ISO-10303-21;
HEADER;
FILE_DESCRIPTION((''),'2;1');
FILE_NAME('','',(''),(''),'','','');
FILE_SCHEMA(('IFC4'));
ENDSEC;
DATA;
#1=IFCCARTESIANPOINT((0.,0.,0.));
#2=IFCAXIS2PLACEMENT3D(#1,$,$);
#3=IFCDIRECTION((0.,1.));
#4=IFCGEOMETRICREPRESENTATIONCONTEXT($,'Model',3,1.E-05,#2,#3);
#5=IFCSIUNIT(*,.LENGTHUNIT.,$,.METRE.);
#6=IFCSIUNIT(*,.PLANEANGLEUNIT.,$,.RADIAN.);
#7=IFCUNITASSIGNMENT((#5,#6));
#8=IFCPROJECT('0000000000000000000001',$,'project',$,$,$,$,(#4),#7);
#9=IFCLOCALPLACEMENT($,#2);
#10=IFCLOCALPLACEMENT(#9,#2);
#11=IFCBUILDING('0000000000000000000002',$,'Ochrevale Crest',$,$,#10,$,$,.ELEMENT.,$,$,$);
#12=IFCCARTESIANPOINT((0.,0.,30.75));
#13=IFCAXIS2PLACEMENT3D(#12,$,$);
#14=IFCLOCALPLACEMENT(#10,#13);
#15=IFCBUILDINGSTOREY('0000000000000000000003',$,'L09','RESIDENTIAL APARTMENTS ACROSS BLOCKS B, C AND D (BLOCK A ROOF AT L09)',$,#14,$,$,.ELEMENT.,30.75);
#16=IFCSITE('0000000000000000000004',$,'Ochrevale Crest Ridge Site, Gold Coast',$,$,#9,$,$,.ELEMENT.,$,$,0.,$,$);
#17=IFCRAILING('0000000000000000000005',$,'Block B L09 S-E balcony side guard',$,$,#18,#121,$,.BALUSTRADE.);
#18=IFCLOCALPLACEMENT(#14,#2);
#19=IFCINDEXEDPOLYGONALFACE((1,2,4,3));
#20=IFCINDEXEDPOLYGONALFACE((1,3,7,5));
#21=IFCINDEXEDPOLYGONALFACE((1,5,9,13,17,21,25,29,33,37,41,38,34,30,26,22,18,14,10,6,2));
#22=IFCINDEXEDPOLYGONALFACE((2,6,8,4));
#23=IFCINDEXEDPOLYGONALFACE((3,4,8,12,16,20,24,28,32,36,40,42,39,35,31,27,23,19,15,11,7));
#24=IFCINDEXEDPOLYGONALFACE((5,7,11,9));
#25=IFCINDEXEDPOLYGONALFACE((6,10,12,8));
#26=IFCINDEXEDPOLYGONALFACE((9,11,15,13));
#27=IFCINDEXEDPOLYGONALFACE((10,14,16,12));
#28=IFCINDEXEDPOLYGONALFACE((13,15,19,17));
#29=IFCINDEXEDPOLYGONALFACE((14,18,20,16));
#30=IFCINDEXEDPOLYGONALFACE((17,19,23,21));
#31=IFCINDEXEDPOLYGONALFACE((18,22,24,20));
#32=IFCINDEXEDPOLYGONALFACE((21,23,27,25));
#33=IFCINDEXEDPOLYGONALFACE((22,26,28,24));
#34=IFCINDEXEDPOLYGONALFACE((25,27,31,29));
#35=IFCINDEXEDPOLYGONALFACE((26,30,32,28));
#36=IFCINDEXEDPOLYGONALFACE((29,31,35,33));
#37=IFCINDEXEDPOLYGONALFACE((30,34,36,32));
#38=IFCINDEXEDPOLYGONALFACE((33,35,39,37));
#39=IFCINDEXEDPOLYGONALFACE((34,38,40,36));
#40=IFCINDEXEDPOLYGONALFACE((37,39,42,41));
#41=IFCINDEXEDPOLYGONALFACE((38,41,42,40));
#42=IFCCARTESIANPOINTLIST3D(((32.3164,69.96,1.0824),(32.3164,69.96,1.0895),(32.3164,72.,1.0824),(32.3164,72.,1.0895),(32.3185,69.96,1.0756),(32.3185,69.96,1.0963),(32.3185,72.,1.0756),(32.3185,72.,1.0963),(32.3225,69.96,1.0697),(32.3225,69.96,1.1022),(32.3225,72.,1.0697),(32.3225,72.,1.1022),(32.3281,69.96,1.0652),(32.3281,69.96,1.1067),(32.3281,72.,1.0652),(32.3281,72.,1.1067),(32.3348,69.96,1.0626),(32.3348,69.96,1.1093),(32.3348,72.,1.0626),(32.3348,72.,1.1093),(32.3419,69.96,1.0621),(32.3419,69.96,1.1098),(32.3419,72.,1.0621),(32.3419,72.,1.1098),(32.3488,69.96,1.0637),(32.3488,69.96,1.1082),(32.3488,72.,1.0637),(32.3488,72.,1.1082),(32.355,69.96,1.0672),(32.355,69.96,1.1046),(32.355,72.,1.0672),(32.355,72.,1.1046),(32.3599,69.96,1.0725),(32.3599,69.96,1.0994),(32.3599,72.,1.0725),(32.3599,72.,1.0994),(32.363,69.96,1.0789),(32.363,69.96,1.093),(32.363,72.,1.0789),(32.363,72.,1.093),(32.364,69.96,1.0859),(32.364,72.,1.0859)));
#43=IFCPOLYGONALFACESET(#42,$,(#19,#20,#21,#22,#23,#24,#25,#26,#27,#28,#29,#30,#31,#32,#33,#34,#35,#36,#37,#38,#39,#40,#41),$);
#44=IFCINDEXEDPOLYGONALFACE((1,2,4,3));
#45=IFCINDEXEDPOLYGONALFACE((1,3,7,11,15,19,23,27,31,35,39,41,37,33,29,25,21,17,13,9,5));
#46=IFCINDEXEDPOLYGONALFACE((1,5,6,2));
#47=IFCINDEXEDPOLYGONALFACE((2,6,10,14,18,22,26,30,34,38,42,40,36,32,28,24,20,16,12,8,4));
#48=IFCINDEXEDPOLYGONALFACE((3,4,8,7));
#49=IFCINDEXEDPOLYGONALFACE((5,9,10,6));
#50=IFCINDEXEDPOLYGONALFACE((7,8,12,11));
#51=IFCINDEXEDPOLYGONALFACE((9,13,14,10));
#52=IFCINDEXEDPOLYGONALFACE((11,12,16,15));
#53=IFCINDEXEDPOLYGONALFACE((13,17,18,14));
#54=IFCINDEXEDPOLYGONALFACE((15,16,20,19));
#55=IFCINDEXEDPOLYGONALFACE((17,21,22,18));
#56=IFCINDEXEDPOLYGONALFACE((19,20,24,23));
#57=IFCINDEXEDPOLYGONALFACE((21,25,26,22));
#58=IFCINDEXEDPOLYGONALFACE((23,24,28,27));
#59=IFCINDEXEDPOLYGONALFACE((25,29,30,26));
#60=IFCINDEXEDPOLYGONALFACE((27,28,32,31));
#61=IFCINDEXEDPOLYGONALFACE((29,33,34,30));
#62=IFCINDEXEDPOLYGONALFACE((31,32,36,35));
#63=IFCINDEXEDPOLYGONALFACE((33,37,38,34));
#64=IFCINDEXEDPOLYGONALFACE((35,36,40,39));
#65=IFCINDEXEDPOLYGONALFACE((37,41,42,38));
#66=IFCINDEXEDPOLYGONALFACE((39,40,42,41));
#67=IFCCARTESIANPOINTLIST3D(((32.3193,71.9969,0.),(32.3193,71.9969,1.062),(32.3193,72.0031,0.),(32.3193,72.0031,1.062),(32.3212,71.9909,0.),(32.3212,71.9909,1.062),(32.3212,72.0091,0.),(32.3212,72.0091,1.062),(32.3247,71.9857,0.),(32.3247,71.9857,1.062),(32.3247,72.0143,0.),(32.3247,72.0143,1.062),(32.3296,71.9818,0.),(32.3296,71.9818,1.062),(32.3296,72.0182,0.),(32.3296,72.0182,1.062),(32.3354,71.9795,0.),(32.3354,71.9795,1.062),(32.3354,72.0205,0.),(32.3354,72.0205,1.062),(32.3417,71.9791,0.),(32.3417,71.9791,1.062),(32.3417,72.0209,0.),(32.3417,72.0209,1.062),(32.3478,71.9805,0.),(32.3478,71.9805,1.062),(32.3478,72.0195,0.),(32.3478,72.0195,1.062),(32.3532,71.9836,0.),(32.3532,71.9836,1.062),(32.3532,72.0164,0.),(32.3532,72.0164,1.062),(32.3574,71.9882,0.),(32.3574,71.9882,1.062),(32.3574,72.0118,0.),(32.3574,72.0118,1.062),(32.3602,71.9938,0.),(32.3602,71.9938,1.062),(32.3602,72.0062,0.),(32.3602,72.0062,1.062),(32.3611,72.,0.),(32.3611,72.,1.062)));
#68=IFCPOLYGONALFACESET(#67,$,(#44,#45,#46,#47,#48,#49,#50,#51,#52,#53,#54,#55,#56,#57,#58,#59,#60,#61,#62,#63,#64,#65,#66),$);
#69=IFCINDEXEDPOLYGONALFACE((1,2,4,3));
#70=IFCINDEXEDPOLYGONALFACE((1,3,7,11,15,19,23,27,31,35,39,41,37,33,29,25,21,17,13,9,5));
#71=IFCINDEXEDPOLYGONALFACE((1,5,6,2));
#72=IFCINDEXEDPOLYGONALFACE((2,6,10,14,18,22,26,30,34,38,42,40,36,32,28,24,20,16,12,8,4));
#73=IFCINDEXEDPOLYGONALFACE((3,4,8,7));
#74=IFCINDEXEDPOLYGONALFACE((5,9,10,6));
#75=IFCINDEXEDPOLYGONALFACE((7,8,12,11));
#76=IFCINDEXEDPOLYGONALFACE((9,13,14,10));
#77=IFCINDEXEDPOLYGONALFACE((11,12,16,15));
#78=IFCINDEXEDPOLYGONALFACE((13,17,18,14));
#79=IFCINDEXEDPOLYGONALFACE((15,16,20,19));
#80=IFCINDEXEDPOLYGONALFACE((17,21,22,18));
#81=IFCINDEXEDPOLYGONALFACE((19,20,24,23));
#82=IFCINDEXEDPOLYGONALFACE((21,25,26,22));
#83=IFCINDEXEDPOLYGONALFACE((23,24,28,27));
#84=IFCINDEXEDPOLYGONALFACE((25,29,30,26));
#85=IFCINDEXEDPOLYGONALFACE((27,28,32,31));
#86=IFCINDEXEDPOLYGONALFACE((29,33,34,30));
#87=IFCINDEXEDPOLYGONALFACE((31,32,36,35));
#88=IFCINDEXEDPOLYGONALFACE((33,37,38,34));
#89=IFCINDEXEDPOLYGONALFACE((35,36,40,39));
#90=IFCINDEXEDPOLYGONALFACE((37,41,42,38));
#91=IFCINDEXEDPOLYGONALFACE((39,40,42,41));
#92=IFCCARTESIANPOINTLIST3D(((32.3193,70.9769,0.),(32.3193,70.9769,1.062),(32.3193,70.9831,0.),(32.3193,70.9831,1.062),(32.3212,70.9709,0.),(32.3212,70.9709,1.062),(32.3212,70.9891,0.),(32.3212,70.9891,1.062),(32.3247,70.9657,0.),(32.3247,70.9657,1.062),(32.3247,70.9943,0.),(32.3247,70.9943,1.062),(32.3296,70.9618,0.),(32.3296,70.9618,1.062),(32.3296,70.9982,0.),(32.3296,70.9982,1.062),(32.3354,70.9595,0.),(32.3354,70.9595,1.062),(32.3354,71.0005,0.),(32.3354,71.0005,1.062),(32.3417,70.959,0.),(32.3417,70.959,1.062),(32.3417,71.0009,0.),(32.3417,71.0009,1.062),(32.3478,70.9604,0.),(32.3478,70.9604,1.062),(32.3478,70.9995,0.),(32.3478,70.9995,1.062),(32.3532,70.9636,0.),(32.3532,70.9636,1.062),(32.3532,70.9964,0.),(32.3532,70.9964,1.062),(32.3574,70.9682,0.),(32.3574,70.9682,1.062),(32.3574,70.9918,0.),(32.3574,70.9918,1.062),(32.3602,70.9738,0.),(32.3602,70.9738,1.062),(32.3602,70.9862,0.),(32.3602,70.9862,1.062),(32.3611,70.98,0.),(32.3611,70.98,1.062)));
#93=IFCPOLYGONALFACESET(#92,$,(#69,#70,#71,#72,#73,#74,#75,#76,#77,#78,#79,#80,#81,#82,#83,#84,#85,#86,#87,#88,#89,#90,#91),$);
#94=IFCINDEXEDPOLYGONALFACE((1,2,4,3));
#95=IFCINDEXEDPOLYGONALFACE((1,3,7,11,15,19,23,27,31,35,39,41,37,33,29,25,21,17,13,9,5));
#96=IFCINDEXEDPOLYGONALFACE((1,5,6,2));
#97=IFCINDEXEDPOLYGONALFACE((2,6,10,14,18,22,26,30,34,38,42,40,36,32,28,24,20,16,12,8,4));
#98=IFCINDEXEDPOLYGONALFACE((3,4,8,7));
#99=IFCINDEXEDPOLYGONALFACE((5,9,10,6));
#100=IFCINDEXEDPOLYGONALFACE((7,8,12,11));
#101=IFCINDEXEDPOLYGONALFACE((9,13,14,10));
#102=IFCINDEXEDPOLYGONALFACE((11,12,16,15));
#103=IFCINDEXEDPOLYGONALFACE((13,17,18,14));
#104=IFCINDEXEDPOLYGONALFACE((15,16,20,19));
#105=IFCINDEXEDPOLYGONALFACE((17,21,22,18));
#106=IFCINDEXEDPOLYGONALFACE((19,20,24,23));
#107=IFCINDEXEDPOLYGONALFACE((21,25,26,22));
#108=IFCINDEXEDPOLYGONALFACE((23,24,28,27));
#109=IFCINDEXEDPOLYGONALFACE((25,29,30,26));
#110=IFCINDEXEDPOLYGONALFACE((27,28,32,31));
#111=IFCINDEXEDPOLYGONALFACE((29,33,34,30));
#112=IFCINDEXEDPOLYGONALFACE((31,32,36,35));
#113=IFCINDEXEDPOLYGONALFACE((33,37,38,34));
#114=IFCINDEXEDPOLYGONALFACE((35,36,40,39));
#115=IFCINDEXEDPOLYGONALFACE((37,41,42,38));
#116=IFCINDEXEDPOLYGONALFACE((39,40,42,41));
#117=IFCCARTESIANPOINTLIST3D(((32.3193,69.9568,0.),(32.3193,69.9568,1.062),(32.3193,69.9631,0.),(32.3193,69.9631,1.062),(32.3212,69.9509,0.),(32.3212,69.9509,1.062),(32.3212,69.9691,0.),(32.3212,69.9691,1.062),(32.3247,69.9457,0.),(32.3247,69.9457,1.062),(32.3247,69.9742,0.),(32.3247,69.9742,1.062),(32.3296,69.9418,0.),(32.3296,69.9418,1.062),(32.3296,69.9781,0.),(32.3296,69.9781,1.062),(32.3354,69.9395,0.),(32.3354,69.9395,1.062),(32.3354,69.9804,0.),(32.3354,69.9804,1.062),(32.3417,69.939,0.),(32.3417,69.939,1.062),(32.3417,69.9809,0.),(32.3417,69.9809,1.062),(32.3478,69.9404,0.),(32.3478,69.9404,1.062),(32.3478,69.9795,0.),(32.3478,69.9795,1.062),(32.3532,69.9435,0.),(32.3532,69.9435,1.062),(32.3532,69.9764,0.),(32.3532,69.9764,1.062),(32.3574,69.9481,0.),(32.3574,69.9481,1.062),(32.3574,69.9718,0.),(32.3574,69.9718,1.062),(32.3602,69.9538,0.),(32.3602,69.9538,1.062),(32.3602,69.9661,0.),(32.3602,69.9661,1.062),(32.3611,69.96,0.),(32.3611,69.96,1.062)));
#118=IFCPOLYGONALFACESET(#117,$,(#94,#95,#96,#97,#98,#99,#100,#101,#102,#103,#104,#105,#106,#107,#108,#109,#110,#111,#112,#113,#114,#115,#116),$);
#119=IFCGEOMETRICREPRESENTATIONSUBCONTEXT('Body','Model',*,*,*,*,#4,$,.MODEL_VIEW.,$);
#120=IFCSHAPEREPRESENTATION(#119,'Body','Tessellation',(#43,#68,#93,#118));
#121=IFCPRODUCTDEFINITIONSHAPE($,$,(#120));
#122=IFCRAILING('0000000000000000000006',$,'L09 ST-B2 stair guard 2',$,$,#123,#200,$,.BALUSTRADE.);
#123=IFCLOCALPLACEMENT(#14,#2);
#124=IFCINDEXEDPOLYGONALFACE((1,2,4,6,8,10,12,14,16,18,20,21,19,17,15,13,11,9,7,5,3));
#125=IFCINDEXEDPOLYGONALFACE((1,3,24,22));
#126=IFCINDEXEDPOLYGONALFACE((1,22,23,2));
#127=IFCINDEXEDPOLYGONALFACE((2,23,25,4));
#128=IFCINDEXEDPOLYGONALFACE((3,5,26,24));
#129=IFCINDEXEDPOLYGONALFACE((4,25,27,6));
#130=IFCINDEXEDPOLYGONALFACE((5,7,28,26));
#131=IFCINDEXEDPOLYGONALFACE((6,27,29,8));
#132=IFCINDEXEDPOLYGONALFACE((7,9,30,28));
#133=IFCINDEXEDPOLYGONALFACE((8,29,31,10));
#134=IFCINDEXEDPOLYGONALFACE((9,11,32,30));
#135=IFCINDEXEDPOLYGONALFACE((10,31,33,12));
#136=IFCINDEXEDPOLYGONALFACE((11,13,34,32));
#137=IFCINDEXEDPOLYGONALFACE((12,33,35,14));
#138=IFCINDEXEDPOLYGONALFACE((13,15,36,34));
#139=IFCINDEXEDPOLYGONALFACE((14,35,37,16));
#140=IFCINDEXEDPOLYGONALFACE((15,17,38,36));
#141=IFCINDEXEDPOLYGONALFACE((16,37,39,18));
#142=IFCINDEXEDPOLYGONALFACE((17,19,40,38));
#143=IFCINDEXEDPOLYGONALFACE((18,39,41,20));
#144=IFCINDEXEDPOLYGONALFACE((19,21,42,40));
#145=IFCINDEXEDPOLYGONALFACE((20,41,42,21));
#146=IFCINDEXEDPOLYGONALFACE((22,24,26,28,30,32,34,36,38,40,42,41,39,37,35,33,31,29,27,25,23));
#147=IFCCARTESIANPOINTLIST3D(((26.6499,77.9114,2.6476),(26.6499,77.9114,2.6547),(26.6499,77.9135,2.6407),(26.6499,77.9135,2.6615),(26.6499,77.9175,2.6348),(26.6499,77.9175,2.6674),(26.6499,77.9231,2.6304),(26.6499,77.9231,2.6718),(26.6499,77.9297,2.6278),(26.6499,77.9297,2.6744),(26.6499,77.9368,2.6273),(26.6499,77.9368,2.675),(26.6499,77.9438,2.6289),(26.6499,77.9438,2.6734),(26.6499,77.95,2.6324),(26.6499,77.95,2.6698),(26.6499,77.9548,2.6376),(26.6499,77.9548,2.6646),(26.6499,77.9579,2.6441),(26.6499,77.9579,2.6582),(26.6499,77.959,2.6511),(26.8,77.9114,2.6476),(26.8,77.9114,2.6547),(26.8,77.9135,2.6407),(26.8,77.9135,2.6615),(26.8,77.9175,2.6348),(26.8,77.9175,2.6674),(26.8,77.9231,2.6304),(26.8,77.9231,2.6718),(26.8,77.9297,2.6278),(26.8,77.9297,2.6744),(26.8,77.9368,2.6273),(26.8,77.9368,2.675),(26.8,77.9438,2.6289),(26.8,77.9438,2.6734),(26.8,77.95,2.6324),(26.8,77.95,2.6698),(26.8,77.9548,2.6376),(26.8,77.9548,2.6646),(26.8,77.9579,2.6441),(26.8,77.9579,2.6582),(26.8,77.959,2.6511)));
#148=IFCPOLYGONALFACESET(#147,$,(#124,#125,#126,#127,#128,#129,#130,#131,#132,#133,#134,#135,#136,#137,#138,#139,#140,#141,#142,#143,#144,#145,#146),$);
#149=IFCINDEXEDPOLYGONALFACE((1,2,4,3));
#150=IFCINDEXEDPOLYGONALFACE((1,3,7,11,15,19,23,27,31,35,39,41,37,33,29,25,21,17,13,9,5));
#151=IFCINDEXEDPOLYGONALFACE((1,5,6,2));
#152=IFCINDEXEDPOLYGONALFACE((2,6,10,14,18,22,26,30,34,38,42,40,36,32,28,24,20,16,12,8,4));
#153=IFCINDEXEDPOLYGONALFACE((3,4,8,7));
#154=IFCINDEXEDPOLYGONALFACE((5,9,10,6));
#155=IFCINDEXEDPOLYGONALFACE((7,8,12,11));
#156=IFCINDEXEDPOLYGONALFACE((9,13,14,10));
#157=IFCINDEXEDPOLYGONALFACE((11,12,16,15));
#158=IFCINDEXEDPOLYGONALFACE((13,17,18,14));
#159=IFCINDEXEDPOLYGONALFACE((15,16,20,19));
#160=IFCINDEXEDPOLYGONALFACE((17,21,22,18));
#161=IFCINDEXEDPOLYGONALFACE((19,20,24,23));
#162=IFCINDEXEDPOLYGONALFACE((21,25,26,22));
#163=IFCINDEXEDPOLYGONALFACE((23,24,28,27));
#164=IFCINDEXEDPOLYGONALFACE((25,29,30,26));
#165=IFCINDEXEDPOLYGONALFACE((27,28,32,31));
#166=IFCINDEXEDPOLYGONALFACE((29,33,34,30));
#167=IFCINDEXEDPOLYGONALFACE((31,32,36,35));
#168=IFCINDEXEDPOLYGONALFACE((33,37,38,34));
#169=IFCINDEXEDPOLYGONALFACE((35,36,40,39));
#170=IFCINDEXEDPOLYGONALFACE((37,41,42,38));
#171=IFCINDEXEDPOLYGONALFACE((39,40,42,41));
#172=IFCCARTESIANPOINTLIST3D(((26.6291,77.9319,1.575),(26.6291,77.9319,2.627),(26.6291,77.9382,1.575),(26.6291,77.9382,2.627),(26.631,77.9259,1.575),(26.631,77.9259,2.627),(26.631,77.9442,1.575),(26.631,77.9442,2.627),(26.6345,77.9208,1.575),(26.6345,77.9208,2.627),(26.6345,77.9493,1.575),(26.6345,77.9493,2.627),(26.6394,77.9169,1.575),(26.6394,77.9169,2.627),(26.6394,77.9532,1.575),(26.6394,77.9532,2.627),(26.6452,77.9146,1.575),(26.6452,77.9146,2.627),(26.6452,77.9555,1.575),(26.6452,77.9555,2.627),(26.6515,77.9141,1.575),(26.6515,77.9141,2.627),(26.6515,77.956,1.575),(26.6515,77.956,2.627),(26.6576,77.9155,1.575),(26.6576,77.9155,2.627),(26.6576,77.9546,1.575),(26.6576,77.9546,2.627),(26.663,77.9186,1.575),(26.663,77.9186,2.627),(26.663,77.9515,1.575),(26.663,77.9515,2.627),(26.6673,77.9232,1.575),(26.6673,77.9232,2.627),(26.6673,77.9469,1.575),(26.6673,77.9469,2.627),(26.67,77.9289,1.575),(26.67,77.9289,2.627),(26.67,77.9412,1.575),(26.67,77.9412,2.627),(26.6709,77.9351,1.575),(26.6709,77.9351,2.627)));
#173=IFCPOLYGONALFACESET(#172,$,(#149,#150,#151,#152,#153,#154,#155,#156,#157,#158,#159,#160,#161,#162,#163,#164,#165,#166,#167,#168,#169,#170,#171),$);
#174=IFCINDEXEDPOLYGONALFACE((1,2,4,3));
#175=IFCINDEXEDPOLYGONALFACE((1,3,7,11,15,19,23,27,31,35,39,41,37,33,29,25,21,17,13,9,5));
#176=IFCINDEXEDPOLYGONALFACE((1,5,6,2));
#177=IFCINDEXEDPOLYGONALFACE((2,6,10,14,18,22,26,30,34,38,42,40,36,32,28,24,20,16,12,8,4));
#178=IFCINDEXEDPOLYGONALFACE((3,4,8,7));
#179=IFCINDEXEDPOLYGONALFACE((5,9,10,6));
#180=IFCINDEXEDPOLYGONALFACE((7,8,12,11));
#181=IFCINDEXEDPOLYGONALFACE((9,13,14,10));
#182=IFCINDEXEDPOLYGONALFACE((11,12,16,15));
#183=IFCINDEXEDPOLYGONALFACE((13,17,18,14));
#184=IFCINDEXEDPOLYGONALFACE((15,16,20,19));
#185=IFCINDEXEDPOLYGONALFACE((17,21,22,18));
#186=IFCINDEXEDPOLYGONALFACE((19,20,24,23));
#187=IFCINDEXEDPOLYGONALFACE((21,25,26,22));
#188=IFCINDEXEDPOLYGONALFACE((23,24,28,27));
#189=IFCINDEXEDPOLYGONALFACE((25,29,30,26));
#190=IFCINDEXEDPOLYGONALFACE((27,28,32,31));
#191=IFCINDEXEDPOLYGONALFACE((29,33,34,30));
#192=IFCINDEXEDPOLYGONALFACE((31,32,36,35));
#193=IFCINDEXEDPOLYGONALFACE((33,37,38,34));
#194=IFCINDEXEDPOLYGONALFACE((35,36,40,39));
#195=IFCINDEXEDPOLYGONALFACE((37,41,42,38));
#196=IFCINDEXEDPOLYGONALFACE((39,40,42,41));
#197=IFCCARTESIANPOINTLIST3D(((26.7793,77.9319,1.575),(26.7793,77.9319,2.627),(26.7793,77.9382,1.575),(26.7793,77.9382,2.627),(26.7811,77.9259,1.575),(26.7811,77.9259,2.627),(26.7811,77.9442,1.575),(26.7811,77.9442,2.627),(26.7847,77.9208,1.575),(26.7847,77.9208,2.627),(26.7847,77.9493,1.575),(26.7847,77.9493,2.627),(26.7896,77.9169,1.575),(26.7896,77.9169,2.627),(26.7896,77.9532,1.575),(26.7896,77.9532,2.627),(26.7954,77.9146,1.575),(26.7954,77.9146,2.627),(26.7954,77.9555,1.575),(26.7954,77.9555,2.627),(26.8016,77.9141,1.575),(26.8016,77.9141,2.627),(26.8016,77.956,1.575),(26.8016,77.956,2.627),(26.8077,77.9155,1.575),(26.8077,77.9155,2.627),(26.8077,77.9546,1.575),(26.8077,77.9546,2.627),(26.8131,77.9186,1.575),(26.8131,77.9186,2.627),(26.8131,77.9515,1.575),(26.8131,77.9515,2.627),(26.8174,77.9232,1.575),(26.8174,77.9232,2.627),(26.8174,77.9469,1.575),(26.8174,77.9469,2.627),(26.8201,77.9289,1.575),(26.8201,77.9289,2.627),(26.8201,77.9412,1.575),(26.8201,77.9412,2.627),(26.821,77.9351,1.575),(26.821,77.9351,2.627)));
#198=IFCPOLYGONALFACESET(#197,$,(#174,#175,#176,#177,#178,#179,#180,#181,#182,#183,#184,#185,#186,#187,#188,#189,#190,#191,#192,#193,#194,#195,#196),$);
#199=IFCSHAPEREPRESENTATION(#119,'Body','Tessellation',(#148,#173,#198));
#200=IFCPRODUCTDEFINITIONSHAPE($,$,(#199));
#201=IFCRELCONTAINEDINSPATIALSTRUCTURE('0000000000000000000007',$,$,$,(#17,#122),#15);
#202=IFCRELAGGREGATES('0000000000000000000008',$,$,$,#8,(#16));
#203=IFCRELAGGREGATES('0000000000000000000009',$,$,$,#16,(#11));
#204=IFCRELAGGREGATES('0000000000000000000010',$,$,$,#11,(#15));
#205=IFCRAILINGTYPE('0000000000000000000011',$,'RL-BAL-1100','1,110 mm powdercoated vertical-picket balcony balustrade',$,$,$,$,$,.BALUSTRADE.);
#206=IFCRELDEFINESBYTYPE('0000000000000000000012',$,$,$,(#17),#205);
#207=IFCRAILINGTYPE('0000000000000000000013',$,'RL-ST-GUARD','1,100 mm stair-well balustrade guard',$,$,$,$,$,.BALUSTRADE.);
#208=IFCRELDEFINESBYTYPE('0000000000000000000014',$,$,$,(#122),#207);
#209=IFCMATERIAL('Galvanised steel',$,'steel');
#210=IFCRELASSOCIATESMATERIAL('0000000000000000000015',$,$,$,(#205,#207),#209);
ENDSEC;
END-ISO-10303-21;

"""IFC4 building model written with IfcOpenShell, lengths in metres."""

from ifc_helpers import new_model, si_unit, direction, frame, origin, origin_2d, place, context, subcontext, project, spatial, circle, extrude, material, type_object, element, save


model = new_model("IFC4")

# Units and contexts
model_context = context("Model", 3, precision=1e-05, world=origin(), true_north=direction((0.0, 1.0)))
body_context = subcontext(model_context, "Body", "Model", "MODEL_VIEW")
ifc_project = project(units=[si_unit("LENGTHUNIT", "METRE"), si_unit("PLANEANGLEUNIT", "RADIAN")], contexts=[model_context])

# Site, building, storey
site_placement = place(None, origin())
site = spatial("IfcSite", under=ifc_project, at=site_placement, Name="Ochrevale Crest Ridge Site, Gold Coast", CompositionType="ELEMENT", RefElevation=0.0)
building_placement = place(site_placement, origin())
building = spatial("IfcBuilding", under=site, at=building_placement, Name="Ochrevale Crest", CompositionType="ELEMENT")
storey_placement = place(building_placement, frame((0.0, 0.0, 30.75)))
storey = spatial("IfcBuildingStorey", under=building, at=storey_placement, Name="L09", Description="RESIDENTIAL APARTMENTS ACROSS BLOCKS B, C AND D (BLOCK A ROOF AT L09)", CompositionType="ELEMENT", Elevation=30.75)

# Railings
ifc_material_1 = material(Name="Galvanised steel", Category="steel")
railing_type_1 = type_object("IfcRailingType", Name="RL-BAL-1100", Description="1,110 mm powdercoated vertical-picket balcony balustrade", PredefinedType="BALUSTRADE", material=ifc_material_1)
railing_1_placement = place(storey_placement, frame((32.3401, 72.0, 0.0)))
element("IfcRailing", 1, at=railing_1_placement, inside=storey, type_object=railing_type_1, Name="Block B L09 S-E balcony side guard", PredefinedType="BALUSTRADE", context=body_context, shape_type="SweptSolid", body=[
    extrude(circle(Radius=0.0239, at=origin_2d()), frame((0.0, 0.0, 1.0859), z_axis=(0.0, -1.0, 0.0), x_axis=(1.0, 0.0, 0.0)), (0.0, 0.0, 1.0), 2.04),
    extrude(circle(Radius=0.021, at=origin_2d()), origin(), (0.0, 0.0, 1.0), 1.062),
    extrude(circle(Radius=0.021, at=origin_2d()), frame((0.0, -1.02, 0.0)), (0.0, 0.0, 1.0), 1.062),
    extrude(circle(Radius=0.021, at=origin_2d()), frame((0.0, -2.04, 0.0)), (0.0, 0.0, 1.0), 1.062),
])
railing_type_2 = type_object("IfcRailingType", Name="RL-ST-GUARD", Description="1,100 mm stair-well balustrade guard", PredefinedType="BALUSTRADE", material=ifc_material_1)
railing_2_placement = place(storey_placement, frame((26.6499, 77.9351, 1.575)))
element("IfcRailing", 2, at=railing_2_placement, inside=storey, type_object=railing_type_2, Name="L09 ST-B2 stair guard 2", PredefinedType="BALUSTRADE", context=body_context, shape_type="SweptSolid", body=[
    extrude(circle(Radius=0.0239, at=origin_2d()), frame((0.0, 0.0, 1.0762), z_axis=(1.0, 0.0, 0.0), x_axis=(0.0, 1.0, 0.0)), (0.0, 0.0, 1.0), 0.1501),
    extrude(circle(Radius=0.021, at=origin_2d()), origin(), (0.0, 0.0, 1.0), 1.052),
    extrude(circle(Radius=0.021, at=origin_2d()), frame((0.1501, 0.0, 0.0)), (0.0, 0.0, 1.0), 1.052),
])

save(model, "model.ifc")
